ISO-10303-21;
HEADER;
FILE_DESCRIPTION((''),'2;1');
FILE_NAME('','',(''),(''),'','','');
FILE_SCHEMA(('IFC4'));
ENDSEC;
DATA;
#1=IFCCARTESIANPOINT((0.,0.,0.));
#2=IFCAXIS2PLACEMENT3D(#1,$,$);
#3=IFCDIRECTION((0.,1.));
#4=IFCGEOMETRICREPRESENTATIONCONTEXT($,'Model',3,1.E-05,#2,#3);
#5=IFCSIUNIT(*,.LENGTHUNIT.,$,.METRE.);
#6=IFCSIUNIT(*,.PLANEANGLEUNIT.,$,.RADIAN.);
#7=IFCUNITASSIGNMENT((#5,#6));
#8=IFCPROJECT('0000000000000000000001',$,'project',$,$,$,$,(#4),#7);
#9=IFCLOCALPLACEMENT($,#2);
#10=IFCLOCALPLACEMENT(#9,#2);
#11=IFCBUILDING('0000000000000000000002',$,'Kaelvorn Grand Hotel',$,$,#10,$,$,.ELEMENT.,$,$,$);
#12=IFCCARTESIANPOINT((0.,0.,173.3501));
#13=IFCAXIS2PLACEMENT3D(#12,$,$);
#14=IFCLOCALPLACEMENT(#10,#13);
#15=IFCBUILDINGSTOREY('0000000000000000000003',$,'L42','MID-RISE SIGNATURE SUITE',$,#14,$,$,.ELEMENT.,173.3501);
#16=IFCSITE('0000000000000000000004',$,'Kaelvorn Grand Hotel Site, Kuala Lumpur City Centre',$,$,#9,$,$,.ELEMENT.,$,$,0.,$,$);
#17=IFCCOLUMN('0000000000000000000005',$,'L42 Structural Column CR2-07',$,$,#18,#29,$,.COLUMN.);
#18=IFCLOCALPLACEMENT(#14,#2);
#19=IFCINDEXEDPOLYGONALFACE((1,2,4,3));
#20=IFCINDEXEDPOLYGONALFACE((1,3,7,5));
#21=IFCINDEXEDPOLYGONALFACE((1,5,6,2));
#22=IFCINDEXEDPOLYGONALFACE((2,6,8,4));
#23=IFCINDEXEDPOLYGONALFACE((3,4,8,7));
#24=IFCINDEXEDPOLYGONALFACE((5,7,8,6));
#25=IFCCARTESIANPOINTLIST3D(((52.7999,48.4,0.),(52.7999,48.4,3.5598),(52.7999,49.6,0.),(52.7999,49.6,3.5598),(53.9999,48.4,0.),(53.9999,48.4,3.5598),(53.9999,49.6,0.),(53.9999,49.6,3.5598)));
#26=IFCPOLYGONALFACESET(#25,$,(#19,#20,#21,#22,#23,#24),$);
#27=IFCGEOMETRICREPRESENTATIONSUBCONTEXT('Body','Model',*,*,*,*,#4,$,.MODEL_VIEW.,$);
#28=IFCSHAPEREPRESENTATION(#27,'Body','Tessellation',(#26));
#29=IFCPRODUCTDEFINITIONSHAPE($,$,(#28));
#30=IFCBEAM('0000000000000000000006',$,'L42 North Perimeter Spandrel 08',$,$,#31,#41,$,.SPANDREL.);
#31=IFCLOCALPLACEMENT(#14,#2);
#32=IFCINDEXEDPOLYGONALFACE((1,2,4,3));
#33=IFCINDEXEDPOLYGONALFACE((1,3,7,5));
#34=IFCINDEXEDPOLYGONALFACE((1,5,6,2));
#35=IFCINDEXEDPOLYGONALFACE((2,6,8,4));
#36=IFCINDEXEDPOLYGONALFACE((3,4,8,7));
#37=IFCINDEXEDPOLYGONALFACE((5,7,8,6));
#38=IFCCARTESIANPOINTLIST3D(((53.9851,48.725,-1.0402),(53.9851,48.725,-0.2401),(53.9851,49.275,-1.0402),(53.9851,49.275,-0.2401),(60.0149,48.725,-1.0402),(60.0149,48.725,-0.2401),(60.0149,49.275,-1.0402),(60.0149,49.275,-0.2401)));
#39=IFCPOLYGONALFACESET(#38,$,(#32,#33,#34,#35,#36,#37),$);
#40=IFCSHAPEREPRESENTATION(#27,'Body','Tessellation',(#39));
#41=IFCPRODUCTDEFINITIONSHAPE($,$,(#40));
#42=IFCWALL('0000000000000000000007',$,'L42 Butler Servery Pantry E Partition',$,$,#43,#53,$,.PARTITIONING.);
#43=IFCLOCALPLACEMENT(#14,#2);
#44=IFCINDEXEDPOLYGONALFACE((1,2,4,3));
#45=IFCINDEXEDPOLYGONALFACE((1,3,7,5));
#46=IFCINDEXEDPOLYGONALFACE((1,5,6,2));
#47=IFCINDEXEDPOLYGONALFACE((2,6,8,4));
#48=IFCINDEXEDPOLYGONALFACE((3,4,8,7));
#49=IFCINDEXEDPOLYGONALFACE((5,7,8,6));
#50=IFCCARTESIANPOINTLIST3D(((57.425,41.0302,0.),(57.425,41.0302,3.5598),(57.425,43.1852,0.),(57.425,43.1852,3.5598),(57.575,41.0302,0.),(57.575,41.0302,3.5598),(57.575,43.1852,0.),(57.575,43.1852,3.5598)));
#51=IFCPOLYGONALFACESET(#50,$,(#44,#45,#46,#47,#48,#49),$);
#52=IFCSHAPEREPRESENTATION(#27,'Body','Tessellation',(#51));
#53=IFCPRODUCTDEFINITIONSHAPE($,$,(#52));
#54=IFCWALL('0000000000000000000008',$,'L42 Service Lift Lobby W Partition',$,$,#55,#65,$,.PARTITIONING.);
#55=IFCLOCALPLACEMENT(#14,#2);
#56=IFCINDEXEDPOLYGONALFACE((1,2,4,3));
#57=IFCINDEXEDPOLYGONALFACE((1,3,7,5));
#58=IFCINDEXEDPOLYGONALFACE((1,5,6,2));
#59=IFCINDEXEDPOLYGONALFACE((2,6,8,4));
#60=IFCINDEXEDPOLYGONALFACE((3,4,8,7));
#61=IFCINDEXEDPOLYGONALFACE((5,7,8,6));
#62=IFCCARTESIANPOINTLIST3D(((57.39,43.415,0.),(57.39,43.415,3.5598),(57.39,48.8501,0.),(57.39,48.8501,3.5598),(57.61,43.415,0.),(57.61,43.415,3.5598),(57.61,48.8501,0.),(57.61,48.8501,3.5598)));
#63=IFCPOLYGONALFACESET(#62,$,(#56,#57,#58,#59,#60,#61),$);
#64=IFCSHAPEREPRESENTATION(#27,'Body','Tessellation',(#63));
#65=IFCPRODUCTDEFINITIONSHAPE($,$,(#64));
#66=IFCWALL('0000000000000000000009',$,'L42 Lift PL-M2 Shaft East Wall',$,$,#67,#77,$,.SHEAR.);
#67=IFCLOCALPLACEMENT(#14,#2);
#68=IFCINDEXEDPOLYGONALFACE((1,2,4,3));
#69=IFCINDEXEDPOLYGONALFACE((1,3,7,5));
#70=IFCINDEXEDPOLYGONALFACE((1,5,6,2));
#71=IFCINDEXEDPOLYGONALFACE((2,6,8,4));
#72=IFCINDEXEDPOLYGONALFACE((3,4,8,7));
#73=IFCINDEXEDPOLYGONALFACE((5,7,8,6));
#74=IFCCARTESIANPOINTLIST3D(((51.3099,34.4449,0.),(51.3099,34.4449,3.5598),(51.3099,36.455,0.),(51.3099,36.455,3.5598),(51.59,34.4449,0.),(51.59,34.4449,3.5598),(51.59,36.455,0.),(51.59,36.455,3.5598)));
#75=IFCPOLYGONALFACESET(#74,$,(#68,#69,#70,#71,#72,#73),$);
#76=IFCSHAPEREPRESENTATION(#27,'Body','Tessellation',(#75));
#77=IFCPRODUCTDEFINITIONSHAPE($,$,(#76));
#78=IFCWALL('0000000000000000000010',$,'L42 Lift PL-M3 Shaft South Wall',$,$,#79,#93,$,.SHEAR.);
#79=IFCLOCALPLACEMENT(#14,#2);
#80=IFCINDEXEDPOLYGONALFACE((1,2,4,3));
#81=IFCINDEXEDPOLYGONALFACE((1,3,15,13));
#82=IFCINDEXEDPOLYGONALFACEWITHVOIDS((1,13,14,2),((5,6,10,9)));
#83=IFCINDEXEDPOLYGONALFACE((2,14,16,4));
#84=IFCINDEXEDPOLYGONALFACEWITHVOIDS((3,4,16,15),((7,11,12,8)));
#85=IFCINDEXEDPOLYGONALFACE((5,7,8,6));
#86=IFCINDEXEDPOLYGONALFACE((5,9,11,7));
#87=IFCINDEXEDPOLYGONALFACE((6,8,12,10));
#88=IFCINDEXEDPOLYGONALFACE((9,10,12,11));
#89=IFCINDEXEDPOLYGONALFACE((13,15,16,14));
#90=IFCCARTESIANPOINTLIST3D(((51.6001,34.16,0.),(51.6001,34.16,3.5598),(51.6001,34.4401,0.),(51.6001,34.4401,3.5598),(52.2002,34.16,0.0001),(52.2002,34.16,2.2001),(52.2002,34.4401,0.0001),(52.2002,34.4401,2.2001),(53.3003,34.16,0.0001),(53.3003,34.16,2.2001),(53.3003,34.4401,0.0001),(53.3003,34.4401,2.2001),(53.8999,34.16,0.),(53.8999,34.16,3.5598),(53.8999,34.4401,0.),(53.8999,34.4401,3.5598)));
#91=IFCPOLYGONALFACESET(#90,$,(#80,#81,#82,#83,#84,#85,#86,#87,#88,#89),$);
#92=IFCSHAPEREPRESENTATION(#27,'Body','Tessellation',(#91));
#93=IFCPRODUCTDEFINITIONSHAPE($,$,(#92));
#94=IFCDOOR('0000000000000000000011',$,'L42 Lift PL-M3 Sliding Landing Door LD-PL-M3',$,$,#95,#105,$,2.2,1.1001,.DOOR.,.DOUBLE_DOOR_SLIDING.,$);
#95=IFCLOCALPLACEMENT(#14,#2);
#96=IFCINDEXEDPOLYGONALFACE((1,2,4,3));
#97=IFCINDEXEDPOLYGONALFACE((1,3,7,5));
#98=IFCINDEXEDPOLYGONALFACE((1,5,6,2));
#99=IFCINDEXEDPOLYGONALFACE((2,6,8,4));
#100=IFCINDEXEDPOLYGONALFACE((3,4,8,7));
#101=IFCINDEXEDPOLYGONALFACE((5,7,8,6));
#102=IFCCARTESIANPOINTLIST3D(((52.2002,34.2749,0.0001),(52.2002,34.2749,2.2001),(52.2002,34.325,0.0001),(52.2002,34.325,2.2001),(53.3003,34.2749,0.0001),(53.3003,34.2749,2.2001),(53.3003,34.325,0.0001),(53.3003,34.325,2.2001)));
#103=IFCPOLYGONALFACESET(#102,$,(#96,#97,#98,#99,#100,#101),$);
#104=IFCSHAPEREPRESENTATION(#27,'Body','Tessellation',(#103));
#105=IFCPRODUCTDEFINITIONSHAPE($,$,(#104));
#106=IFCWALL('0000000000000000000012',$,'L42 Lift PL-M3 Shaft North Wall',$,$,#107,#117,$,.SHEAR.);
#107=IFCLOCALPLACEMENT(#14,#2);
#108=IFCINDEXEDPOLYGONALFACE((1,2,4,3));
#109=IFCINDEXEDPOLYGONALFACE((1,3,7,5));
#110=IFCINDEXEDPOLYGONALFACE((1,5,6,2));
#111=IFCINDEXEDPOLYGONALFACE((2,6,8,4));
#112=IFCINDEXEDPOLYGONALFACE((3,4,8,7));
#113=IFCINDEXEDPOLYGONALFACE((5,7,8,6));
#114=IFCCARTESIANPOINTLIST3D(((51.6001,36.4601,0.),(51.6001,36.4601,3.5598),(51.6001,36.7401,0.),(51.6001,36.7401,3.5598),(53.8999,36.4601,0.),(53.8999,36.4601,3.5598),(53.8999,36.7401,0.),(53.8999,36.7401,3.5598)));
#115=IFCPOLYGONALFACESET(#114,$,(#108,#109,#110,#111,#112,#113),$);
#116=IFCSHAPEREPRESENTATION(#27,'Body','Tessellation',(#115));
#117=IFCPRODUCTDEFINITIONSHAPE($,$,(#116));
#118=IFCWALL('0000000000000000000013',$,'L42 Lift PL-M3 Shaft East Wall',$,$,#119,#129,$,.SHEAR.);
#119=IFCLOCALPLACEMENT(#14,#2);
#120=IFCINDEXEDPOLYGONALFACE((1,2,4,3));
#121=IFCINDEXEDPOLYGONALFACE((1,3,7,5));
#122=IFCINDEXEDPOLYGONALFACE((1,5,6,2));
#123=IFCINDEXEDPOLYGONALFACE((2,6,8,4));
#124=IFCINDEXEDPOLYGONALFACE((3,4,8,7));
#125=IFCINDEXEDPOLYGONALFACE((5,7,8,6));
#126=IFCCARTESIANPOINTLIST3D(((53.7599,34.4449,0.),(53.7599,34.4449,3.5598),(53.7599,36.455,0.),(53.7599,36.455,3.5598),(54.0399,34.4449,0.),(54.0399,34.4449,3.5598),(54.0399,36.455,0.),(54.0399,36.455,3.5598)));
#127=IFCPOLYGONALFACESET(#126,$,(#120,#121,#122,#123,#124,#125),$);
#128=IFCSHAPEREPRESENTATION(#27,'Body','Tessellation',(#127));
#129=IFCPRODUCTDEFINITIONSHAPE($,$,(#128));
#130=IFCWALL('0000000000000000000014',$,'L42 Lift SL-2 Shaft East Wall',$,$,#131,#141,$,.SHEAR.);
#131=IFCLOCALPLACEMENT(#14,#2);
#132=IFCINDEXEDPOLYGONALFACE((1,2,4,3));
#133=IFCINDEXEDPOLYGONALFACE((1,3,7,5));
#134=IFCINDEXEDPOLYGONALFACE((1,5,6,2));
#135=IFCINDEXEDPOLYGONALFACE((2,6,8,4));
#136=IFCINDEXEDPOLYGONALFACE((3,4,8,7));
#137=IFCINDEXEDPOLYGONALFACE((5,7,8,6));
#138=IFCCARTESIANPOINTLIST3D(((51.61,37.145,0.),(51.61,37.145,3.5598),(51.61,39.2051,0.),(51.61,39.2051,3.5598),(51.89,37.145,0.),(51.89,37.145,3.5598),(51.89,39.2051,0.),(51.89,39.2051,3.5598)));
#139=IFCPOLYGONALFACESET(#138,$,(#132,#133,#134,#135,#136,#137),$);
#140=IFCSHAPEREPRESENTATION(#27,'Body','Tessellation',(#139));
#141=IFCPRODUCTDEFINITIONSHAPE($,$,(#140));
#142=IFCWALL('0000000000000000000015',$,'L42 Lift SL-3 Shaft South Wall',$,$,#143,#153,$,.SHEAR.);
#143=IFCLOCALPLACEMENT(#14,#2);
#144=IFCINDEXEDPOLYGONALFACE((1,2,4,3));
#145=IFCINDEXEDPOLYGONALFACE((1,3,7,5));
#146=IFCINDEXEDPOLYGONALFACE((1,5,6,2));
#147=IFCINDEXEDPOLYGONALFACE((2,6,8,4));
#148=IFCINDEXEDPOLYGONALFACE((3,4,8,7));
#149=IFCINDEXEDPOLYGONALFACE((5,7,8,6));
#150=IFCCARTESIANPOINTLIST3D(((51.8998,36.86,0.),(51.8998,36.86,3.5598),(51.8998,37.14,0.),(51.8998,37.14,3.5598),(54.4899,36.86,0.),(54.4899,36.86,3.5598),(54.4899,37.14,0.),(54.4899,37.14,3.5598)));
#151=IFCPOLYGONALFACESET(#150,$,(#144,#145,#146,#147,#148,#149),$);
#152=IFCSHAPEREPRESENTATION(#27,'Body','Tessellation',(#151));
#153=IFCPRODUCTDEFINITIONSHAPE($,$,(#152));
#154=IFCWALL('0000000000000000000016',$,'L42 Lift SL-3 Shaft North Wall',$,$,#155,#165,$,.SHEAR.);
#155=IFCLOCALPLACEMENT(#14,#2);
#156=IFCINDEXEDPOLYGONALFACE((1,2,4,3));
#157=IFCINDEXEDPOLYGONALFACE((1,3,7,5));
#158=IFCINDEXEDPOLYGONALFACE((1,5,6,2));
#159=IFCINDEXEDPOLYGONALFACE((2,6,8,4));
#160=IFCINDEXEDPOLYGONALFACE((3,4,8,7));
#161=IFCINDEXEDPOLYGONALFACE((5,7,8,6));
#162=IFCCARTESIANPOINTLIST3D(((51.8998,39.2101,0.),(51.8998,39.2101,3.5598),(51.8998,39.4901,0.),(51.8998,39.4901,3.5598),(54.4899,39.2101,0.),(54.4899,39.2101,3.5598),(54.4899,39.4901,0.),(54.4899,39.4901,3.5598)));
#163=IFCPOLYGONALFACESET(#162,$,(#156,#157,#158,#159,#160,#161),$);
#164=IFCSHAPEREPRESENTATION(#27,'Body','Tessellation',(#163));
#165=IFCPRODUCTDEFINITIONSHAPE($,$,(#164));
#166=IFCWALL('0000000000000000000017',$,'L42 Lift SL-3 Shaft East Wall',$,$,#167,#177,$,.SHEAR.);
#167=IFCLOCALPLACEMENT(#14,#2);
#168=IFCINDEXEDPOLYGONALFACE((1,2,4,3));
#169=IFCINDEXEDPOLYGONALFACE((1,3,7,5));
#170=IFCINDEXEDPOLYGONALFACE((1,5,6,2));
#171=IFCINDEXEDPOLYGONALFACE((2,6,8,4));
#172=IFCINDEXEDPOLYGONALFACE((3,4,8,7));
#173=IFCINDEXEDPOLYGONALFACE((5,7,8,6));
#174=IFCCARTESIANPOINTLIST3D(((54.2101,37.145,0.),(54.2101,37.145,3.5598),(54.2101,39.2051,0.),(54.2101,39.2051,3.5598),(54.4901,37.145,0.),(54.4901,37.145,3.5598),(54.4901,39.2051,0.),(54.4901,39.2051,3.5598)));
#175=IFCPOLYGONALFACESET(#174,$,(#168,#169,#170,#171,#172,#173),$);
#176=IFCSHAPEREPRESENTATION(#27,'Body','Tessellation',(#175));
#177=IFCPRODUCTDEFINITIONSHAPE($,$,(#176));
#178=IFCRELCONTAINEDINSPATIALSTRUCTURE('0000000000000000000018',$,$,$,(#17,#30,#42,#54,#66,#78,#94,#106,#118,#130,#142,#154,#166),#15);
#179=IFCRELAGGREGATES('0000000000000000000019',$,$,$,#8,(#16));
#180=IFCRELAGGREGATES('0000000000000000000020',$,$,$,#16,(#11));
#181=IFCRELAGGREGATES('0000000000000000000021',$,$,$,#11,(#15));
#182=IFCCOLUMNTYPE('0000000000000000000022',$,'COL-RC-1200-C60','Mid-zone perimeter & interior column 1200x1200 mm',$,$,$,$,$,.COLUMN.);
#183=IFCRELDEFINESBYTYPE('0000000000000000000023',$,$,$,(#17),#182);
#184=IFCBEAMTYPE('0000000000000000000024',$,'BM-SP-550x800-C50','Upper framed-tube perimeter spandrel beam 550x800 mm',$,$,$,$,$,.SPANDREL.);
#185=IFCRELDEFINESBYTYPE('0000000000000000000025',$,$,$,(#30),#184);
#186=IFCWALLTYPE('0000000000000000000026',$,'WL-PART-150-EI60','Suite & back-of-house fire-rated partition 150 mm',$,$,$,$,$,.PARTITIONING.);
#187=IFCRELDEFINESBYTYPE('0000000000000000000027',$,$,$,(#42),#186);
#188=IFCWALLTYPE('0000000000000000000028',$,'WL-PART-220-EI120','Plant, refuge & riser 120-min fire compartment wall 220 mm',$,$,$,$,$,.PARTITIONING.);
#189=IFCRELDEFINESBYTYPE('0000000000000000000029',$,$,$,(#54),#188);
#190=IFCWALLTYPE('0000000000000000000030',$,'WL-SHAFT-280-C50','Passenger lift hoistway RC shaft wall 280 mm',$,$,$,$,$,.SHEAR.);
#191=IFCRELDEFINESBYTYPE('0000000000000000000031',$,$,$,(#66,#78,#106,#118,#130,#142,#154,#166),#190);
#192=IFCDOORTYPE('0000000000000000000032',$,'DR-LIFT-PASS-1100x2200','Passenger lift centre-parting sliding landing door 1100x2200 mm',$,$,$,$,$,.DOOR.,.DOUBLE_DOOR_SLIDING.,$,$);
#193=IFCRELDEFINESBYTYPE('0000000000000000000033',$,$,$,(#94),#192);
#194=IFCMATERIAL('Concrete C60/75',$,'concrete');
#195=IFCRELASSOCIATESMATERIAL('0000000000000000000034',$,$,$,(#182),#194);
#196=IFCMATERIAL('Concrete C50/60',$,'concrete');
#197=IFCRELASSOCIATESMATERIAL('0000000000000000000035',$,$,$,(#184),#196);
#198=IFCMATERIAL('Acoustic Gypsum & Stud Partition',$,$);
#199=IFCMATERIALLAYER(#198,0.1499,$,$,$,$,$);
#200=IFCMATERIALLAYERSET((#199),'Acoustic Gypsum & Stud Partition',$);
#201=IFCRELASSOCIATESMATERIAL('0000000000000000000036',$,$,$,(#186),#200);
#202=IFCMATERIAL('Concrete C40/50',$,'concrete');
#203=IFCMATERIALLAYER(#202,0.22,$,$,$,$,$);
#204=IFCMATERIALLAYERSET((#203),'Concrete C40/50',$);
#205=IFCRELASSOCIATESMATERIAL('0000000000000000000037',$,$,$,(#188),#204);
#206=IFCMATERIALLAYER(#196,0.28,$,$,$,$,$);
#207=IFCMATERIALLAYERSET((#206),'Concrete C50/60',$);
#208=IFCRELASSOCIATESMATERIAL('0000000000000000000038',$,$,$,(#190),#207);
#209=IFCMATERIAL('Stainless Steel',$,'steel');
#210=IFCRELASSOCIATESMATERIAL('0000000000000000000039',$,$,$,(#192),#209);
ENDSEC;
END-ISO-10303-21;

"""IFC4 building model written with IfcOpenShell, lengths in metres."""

from ifc_helpers import new_model, si_unit, direction, frame, frame_2d, origin, origin_2d, place, context, subcontext, project, spatial, rectangle, extrude, material, layer, layer_set, material_profile, profile_set, type_object, element, fill, save


model = new_model("IFC4")

# Units and contexts
model_context = context("Model", 3, precision=1e-05, world=origin(), true_north=direction((0.0, 1.0)))
body_context = subcontext(model_context, "Body", "Model", "MODEL_VIEW")
ifc_project = project(units=[si_unit("LENGTHUNIT", "METRE"), si_unit("PLANEANGLEUNIT", "RADIAN")], contexts=[model_context])

# Site, building, storey
site_placement = place(None, origin())
site = spatial("IfcSite", under=ifc_project, at=site_placement, Name="Kaelvorn Grand Hotel Site, Kuala Lumpur City Centre", CompositionType="ELEMENT", RefElevation=0.0)
building_placement = place(site_placement, origin())
building = spatial("IfcBuilding", under=site, at=building_placement, Name="Kaelvorn Grand Hotel", CompositionType="ELEMENT")
storey_placement = place(building_placement, frame((0.0, 0.0, 173.3501)))
storey = spatial("IfcBuildingStorey", under=building, at=storey_placement, Name="L42", Description="MID-RISE SIGNATURE SUITE", CompositionType="ELEMENT", Elevation=173.3501)

# Column
ifc_material_1 = material(Name="Concrete C60/75", Category="concrete")
ifc_material_profile_1 = material_profile(ifc_material_1, rectangle(XDim=1.2, YDim=1.2, at=origin_2d()), Name="RC COL 1200x1200")
ifc_profile_set_1 = profile_set([ifc_material_profile_1], Name="Concrete C60/75")
column_type = type_object("IfcColumnType", Name="COL-RC-1200-C60", Description="Mid-zone perimeter & interior column 1200x1200 mm", PredefinedType="COLUMN", material=ifc_profile_set_1)
column_placement = place(storey_placement, frame((53.3999, 49.0, 0.0), z_axis=(0.0, 0.0, 1.0), x_axis=(1.0, 0.0, 0.0)))
element("IfcColumn", 1, at=column_placement, inside=storey, type_object=column_type, Name="L42 Structural Column CR2-07", PredefinedType="COLUMN", context=body_context, shape_type="SweptSolid", body=[
    extrude(rectangle(XDim=1.2, YDim=1.2, at=origin_2d()), origin(), (0.0, 0.0, 1.0), 3.5598),
])

# Beam
ifc_material_2 = material(Name="Concrete C50/60", Category="concrete")
ifc_material_profile_2 = material_profile(ifc_material_2, rectangle(XDim=0.55, YDim=0.8, at=origin_2d()), Name="RC SPANDREL 550x800")
ifc_profile_set_2 = profile_set([ifc_material_profile_2], Name="Concrete C50/60")
beam_type = type_object("IfcBeamType", Name="BM-SP-550x800-C50", Description="Upper framed-tube perimeter spandrel beam 550x800 mm", PredefinedType="SPANDREL", material=ifc_profile_set_2)
beam_placement = place(storey_placement, frame((53.9851, 49.0, -0.6401), z_axis=(1.0, 0.0, 0.0), x_axis=(0.0, 1.0, 0.0)))
element("IfcBeam", 2, at=beam_placement, inside=storey, type_object=beam_type, Name="L42 North Perimeter Spandrel 08", PredefinedType="SPANDREL", context=body_context, shape_type="SweptSolid", body=[
    extrude(rectangle(XDim=0.55, YDim=0.8, at=origin_2d()), origin(), (0.0, 0.0, 1.0), 6.0298),
])

# Wall
ifc_material_3 = material(Name="Acoustic Gypsum & Stud Partition")
ifc_layer_1 = layer(ifc_material_3, 0.1499)
ifc_layer_set_1 = layer_set([ifc_layer_1], Name="Acoustic Gypsum & Stud Partition")
wall_type_1 = type_object("IfcWallType", Name="WL-PART-150-EI60", Description="Suite & back-of-house fire-rated partition 150 mm", PredefinedType="PARTITIONING", material=ifc_layer_set_1)
wall_1_placement = place(storey_placement, frame((57.5, 41.03, 0.0), z_axis=(0.0, 0.0, 1.0), x_axis=(0.0, 1.0, 0.0)))
element("IfcWall", 3, at=wall_1_placement, inside=storey, type_object=wall_type_1, Name="L42 Butler Servery Pantry E Partition", PredefinedType="PARTITIONING", context=body_context, shape_type="SweptSolid", body=[
    extrude(rectangle(XDim=2.155, YDim=0.1499, at=frame_2d((1.0776, 0.0))), origin(), (0.0, 0.0, 1.0), 3.5598),
])

# Shared definitions
ifc_material_4 = material(Name="Concrete C40/50", Category="concrete")
ifc_layer_2 = layer(ifc_material_4, 0.22)
ifc_layer_set_2 = layer_set([ifc_layer_2], Name="Concrete C40/50")
wall_type_2 = type_object("IfcWallType", Name="WL-PART-220-EI120", Description="Plant, refuge & riser 120-min fire compartment wall 220 mm", PredefinedType="PARTITIONING", material=ifc_layer_set_2)

# Walls
wall_2_placement = place(storey_placement, frame((57.5, 43.415, 0.0), z_axis=(0.0, 0.0, 1.0), x_axis=(0.0, 1.0, 0.0)))
element("IfcWall", 4, at=wall_2_placement, inside=storey, type_object=wall_type_2, Name="L42 Service Lift Lobby W Partition", PredefinedType="PARTITIONING", context=body_context, shape_type="SweptSolid", body=[
    extrude(rectangle(XDim=5.4351, YDim=0.22, at=frame_2d((2.7175, 0.0))), origin(), (0.0, 0.0, 1.0), 3.5598),
])
ifc_layer_3 = layer(ifc_material_2, 0.28)
ifc_layer_set_3 = layer_set([ifc_layer_3], Name="Concrete C50/60")
wall_type_3 = type_object("IfcWallType", Name="WL-SHAFT-280-C50", Description="Passenger lift hoistway RC shaft wall 280 mm", PredefinedType="SHEAR", material=ifc_layer_set_3)
wall_3_placement = place(storey_placement, frame((51.45, 34.4451, 0.0), z_axis=(0.0, 0.0, 1.0), x_axis=(0.0, 1.0, 0.0)))
element("IfcWall", 5, at=wall_3_placement, inside=storey, type_object=wall_type_3, Name="L42 Lift PL-M2 Shaft East Wall", PredefinedType="SHEAR", context=body_context, shape_type="SweptSolid", body=[
    extrude(rectangle(XDim=2.01, YDim=0.28, at=frame_2d((1.0049, 0.0))), origin(), (0.0, 0.0, 1.0), 3.5598),
])

# Wall, opening, door
wall_4_placement = place(storey_placement, frame((51.6001, 34.3, 0.0), z_axis=(0.0, 0.0, 1.0), x_axis=(1.0, 0.0, 0.0)))
wall_4 = element("IfcWall", 6, at=wall_4_placement, inside=storey, type_object=wall_type_3, Name="L42 Lift PL-M3 Shaft South Wall", PredefinedType="SHEAR", context=body_context, shape_type="SweptSolid", body=[
    extrude(rectangle(XDim=2.2998, YDim=0.28, at=frame_2d((1.1499, 0.0))), origin(), (0.0, 0.0, 1.0), 3.5598),
])
opening_1_placement = place(wall_4_placement, frame((0.6001, 0.0, 0.0)))
opening_1 = element("IfcOpeningElement", 7, at=opening_1_placement, cuts=wall_4, PredefinedType="OPENING", context=body_context, shape_type="SweptSolid", body=[
    extrude(rectangle(XDim=1.1001, YDim=2.2, at=frame_2d((0.55, 1.1001))), frame((0.0, 0.1499, 0.0), z_axis=(0.0, -1.0, 0.0), x_axis=(1.0, 0.0, 0.0)), (0.0, 0.0, 1.0), 0.3),
])
ifc_material_5 = material(Name="Stainless Steel", Category="steel")
door_type_1 = type_object("IfcDoorType", Name="DR-LIFT-PASS-1100x2200", Description="Passenger lift centre-parting sliding landing door 1100x2200 mm", OperationType="DOUBLE_DOOR_SLIDING", PredefinedType="DOOR", material=ifc_material_5)
door_1_placement = place(opening_1_placement, origin())
door_1 = element("IfcDoor", 8, at=door_1_placement, inside=storey, type_object=door_type_1, Name="L42 Lift PL-M3 Sliding Landing Door LD-PL-M3", OperationType="DOUBLE_DOOR_SLIDING", OverallHeight=2.2, OverallWidth=1.1001, PredefinedType="DOOR", context=body_context, shape_type="SweptSolid", body=[
    extrude(rectangle(XDim=1.1001, YDim=2.2, at=frame_2d((0.55, 1.1001))), frame((0.0, 0.0249, 0.0), z_axis=(0.0, -1.0, 0.0), x_axis=(1.0, 0.0, 0.0)), (0.0, 0.0, 1.0), 0.05),
])
fill(opening_1, door_1)

# Walls
wall_5_placement = place(storey_placement, frame((51.6001, 36.6001, 0.0), z_axis=(0.0, 0.0, 1.0), x_axis=(1.0, 0.0, 0.0)))
element("IfcWall", 9, at=wall_5_placement, inside=storey, type_object=wall_type_3, Name="L42 Lift PL-M3 Shaft North Wall", PredefinedType="SHEAR", context=body_context, shape_type="SweptSolid", body=[
    extrude(rectangle(XDim=2.2998, YDim=0.28, at=frame_2d((1.1499, 0.0))), origin(), (0.0, 0.0, 1.0), 3.5598),
])
wall_6_placement = place(storey_placement, frame((53.8999, 34.4451, 0.0), z_axis=(0.0, 0.0, 1.0), x_axis=(0.0, 1.0, 0.0)))
element("IfcWall", 10, at=wall_6_placement, inside=storey, type_object=wall_type_3, Name="L42 Lift PL-M3 Shaft East Wall", PredefinedType="SHEAR", context=body_context, shape_type="SweptSolid", body=[
    extrude(rectangle(XDim=2.01, YDim=0.28, at=frame_2d((1.0049, 0.0))), origin(), (0.0, 0.0, 1.0), 3.5598),
])
wall_7_placement = place(storey_placement, frame((51.75, 37.145, 0.0), z_axis=(0.0, 0.0, 1.0), x_axis=(0.0, 1.0, 0.0)))
element("IfcWall", 11, at=wall_7_placement, inside=storey, type_object=wall_type_3, Name="L42 Lift SL-2 Shaft East Wall", PredefinedType="SHEAR", context=body_context, shape_type="SweptSolid", body=[
    extrude(rectangle(XDim=2.0601, YDim=0.28, at=frame_2d((1.03, 0.0))), origin(), (0.0, 0.0, 1.0), 3.5598),
])
for number, where, z_axis, x_axis, name in (
    (12, (51.8999, 37.0, 0.0), (0.0, 0.0, 1.0), (1.0, 0.0, 0.0), "L42 Lift SL-3 Shaft South Wall"),
    (13, (51.8999, 39.3501, 0.0), (0.0, 0.0, 1.0), (1.0, 0.0, 0.0), "L42 Lift SL-3 Shaft North Wall"),
):
    element("IfcWall", number, at=place(storey_placement, frame(where, z_axis=z_axis, x_axis=x_axis)), inside=storey, type_object=wall_type_3, Name=name, PredefinedType="SHEAR", context=body_context, shape_type="SweptSolid", body=[
        extrude(rectangle(XDim=2.5901, YDim=0.28, at=frame_2d((1.2949, 0.0))), origin(), (0.0, 0.0, 1.0), 3.5598),
    ])
wall_8_placement = place(storey_placement, frame((54.3501, 37.145, 0.0), z_axis=(0.0, 0.0, 1.0), x_axis=(0.0, 1.0, 0.0)))
element("IfcWall", 14, at=wall_8_placement, inside=storey, type_object=wall_type_3, Name="L42 Lift SL-3 Shaft East Wall", PredefinedType="SHEAR", context=body_context, shape_type="SweptSolid", body=[
    extrude(rectangle(XDim=2.0601, YDim=0.28, at=frame_2d((1.03, 0.0))), origin(), (0.0, 0.0, 1.0), 3.5598),
])

save(model, "model.ifc")
